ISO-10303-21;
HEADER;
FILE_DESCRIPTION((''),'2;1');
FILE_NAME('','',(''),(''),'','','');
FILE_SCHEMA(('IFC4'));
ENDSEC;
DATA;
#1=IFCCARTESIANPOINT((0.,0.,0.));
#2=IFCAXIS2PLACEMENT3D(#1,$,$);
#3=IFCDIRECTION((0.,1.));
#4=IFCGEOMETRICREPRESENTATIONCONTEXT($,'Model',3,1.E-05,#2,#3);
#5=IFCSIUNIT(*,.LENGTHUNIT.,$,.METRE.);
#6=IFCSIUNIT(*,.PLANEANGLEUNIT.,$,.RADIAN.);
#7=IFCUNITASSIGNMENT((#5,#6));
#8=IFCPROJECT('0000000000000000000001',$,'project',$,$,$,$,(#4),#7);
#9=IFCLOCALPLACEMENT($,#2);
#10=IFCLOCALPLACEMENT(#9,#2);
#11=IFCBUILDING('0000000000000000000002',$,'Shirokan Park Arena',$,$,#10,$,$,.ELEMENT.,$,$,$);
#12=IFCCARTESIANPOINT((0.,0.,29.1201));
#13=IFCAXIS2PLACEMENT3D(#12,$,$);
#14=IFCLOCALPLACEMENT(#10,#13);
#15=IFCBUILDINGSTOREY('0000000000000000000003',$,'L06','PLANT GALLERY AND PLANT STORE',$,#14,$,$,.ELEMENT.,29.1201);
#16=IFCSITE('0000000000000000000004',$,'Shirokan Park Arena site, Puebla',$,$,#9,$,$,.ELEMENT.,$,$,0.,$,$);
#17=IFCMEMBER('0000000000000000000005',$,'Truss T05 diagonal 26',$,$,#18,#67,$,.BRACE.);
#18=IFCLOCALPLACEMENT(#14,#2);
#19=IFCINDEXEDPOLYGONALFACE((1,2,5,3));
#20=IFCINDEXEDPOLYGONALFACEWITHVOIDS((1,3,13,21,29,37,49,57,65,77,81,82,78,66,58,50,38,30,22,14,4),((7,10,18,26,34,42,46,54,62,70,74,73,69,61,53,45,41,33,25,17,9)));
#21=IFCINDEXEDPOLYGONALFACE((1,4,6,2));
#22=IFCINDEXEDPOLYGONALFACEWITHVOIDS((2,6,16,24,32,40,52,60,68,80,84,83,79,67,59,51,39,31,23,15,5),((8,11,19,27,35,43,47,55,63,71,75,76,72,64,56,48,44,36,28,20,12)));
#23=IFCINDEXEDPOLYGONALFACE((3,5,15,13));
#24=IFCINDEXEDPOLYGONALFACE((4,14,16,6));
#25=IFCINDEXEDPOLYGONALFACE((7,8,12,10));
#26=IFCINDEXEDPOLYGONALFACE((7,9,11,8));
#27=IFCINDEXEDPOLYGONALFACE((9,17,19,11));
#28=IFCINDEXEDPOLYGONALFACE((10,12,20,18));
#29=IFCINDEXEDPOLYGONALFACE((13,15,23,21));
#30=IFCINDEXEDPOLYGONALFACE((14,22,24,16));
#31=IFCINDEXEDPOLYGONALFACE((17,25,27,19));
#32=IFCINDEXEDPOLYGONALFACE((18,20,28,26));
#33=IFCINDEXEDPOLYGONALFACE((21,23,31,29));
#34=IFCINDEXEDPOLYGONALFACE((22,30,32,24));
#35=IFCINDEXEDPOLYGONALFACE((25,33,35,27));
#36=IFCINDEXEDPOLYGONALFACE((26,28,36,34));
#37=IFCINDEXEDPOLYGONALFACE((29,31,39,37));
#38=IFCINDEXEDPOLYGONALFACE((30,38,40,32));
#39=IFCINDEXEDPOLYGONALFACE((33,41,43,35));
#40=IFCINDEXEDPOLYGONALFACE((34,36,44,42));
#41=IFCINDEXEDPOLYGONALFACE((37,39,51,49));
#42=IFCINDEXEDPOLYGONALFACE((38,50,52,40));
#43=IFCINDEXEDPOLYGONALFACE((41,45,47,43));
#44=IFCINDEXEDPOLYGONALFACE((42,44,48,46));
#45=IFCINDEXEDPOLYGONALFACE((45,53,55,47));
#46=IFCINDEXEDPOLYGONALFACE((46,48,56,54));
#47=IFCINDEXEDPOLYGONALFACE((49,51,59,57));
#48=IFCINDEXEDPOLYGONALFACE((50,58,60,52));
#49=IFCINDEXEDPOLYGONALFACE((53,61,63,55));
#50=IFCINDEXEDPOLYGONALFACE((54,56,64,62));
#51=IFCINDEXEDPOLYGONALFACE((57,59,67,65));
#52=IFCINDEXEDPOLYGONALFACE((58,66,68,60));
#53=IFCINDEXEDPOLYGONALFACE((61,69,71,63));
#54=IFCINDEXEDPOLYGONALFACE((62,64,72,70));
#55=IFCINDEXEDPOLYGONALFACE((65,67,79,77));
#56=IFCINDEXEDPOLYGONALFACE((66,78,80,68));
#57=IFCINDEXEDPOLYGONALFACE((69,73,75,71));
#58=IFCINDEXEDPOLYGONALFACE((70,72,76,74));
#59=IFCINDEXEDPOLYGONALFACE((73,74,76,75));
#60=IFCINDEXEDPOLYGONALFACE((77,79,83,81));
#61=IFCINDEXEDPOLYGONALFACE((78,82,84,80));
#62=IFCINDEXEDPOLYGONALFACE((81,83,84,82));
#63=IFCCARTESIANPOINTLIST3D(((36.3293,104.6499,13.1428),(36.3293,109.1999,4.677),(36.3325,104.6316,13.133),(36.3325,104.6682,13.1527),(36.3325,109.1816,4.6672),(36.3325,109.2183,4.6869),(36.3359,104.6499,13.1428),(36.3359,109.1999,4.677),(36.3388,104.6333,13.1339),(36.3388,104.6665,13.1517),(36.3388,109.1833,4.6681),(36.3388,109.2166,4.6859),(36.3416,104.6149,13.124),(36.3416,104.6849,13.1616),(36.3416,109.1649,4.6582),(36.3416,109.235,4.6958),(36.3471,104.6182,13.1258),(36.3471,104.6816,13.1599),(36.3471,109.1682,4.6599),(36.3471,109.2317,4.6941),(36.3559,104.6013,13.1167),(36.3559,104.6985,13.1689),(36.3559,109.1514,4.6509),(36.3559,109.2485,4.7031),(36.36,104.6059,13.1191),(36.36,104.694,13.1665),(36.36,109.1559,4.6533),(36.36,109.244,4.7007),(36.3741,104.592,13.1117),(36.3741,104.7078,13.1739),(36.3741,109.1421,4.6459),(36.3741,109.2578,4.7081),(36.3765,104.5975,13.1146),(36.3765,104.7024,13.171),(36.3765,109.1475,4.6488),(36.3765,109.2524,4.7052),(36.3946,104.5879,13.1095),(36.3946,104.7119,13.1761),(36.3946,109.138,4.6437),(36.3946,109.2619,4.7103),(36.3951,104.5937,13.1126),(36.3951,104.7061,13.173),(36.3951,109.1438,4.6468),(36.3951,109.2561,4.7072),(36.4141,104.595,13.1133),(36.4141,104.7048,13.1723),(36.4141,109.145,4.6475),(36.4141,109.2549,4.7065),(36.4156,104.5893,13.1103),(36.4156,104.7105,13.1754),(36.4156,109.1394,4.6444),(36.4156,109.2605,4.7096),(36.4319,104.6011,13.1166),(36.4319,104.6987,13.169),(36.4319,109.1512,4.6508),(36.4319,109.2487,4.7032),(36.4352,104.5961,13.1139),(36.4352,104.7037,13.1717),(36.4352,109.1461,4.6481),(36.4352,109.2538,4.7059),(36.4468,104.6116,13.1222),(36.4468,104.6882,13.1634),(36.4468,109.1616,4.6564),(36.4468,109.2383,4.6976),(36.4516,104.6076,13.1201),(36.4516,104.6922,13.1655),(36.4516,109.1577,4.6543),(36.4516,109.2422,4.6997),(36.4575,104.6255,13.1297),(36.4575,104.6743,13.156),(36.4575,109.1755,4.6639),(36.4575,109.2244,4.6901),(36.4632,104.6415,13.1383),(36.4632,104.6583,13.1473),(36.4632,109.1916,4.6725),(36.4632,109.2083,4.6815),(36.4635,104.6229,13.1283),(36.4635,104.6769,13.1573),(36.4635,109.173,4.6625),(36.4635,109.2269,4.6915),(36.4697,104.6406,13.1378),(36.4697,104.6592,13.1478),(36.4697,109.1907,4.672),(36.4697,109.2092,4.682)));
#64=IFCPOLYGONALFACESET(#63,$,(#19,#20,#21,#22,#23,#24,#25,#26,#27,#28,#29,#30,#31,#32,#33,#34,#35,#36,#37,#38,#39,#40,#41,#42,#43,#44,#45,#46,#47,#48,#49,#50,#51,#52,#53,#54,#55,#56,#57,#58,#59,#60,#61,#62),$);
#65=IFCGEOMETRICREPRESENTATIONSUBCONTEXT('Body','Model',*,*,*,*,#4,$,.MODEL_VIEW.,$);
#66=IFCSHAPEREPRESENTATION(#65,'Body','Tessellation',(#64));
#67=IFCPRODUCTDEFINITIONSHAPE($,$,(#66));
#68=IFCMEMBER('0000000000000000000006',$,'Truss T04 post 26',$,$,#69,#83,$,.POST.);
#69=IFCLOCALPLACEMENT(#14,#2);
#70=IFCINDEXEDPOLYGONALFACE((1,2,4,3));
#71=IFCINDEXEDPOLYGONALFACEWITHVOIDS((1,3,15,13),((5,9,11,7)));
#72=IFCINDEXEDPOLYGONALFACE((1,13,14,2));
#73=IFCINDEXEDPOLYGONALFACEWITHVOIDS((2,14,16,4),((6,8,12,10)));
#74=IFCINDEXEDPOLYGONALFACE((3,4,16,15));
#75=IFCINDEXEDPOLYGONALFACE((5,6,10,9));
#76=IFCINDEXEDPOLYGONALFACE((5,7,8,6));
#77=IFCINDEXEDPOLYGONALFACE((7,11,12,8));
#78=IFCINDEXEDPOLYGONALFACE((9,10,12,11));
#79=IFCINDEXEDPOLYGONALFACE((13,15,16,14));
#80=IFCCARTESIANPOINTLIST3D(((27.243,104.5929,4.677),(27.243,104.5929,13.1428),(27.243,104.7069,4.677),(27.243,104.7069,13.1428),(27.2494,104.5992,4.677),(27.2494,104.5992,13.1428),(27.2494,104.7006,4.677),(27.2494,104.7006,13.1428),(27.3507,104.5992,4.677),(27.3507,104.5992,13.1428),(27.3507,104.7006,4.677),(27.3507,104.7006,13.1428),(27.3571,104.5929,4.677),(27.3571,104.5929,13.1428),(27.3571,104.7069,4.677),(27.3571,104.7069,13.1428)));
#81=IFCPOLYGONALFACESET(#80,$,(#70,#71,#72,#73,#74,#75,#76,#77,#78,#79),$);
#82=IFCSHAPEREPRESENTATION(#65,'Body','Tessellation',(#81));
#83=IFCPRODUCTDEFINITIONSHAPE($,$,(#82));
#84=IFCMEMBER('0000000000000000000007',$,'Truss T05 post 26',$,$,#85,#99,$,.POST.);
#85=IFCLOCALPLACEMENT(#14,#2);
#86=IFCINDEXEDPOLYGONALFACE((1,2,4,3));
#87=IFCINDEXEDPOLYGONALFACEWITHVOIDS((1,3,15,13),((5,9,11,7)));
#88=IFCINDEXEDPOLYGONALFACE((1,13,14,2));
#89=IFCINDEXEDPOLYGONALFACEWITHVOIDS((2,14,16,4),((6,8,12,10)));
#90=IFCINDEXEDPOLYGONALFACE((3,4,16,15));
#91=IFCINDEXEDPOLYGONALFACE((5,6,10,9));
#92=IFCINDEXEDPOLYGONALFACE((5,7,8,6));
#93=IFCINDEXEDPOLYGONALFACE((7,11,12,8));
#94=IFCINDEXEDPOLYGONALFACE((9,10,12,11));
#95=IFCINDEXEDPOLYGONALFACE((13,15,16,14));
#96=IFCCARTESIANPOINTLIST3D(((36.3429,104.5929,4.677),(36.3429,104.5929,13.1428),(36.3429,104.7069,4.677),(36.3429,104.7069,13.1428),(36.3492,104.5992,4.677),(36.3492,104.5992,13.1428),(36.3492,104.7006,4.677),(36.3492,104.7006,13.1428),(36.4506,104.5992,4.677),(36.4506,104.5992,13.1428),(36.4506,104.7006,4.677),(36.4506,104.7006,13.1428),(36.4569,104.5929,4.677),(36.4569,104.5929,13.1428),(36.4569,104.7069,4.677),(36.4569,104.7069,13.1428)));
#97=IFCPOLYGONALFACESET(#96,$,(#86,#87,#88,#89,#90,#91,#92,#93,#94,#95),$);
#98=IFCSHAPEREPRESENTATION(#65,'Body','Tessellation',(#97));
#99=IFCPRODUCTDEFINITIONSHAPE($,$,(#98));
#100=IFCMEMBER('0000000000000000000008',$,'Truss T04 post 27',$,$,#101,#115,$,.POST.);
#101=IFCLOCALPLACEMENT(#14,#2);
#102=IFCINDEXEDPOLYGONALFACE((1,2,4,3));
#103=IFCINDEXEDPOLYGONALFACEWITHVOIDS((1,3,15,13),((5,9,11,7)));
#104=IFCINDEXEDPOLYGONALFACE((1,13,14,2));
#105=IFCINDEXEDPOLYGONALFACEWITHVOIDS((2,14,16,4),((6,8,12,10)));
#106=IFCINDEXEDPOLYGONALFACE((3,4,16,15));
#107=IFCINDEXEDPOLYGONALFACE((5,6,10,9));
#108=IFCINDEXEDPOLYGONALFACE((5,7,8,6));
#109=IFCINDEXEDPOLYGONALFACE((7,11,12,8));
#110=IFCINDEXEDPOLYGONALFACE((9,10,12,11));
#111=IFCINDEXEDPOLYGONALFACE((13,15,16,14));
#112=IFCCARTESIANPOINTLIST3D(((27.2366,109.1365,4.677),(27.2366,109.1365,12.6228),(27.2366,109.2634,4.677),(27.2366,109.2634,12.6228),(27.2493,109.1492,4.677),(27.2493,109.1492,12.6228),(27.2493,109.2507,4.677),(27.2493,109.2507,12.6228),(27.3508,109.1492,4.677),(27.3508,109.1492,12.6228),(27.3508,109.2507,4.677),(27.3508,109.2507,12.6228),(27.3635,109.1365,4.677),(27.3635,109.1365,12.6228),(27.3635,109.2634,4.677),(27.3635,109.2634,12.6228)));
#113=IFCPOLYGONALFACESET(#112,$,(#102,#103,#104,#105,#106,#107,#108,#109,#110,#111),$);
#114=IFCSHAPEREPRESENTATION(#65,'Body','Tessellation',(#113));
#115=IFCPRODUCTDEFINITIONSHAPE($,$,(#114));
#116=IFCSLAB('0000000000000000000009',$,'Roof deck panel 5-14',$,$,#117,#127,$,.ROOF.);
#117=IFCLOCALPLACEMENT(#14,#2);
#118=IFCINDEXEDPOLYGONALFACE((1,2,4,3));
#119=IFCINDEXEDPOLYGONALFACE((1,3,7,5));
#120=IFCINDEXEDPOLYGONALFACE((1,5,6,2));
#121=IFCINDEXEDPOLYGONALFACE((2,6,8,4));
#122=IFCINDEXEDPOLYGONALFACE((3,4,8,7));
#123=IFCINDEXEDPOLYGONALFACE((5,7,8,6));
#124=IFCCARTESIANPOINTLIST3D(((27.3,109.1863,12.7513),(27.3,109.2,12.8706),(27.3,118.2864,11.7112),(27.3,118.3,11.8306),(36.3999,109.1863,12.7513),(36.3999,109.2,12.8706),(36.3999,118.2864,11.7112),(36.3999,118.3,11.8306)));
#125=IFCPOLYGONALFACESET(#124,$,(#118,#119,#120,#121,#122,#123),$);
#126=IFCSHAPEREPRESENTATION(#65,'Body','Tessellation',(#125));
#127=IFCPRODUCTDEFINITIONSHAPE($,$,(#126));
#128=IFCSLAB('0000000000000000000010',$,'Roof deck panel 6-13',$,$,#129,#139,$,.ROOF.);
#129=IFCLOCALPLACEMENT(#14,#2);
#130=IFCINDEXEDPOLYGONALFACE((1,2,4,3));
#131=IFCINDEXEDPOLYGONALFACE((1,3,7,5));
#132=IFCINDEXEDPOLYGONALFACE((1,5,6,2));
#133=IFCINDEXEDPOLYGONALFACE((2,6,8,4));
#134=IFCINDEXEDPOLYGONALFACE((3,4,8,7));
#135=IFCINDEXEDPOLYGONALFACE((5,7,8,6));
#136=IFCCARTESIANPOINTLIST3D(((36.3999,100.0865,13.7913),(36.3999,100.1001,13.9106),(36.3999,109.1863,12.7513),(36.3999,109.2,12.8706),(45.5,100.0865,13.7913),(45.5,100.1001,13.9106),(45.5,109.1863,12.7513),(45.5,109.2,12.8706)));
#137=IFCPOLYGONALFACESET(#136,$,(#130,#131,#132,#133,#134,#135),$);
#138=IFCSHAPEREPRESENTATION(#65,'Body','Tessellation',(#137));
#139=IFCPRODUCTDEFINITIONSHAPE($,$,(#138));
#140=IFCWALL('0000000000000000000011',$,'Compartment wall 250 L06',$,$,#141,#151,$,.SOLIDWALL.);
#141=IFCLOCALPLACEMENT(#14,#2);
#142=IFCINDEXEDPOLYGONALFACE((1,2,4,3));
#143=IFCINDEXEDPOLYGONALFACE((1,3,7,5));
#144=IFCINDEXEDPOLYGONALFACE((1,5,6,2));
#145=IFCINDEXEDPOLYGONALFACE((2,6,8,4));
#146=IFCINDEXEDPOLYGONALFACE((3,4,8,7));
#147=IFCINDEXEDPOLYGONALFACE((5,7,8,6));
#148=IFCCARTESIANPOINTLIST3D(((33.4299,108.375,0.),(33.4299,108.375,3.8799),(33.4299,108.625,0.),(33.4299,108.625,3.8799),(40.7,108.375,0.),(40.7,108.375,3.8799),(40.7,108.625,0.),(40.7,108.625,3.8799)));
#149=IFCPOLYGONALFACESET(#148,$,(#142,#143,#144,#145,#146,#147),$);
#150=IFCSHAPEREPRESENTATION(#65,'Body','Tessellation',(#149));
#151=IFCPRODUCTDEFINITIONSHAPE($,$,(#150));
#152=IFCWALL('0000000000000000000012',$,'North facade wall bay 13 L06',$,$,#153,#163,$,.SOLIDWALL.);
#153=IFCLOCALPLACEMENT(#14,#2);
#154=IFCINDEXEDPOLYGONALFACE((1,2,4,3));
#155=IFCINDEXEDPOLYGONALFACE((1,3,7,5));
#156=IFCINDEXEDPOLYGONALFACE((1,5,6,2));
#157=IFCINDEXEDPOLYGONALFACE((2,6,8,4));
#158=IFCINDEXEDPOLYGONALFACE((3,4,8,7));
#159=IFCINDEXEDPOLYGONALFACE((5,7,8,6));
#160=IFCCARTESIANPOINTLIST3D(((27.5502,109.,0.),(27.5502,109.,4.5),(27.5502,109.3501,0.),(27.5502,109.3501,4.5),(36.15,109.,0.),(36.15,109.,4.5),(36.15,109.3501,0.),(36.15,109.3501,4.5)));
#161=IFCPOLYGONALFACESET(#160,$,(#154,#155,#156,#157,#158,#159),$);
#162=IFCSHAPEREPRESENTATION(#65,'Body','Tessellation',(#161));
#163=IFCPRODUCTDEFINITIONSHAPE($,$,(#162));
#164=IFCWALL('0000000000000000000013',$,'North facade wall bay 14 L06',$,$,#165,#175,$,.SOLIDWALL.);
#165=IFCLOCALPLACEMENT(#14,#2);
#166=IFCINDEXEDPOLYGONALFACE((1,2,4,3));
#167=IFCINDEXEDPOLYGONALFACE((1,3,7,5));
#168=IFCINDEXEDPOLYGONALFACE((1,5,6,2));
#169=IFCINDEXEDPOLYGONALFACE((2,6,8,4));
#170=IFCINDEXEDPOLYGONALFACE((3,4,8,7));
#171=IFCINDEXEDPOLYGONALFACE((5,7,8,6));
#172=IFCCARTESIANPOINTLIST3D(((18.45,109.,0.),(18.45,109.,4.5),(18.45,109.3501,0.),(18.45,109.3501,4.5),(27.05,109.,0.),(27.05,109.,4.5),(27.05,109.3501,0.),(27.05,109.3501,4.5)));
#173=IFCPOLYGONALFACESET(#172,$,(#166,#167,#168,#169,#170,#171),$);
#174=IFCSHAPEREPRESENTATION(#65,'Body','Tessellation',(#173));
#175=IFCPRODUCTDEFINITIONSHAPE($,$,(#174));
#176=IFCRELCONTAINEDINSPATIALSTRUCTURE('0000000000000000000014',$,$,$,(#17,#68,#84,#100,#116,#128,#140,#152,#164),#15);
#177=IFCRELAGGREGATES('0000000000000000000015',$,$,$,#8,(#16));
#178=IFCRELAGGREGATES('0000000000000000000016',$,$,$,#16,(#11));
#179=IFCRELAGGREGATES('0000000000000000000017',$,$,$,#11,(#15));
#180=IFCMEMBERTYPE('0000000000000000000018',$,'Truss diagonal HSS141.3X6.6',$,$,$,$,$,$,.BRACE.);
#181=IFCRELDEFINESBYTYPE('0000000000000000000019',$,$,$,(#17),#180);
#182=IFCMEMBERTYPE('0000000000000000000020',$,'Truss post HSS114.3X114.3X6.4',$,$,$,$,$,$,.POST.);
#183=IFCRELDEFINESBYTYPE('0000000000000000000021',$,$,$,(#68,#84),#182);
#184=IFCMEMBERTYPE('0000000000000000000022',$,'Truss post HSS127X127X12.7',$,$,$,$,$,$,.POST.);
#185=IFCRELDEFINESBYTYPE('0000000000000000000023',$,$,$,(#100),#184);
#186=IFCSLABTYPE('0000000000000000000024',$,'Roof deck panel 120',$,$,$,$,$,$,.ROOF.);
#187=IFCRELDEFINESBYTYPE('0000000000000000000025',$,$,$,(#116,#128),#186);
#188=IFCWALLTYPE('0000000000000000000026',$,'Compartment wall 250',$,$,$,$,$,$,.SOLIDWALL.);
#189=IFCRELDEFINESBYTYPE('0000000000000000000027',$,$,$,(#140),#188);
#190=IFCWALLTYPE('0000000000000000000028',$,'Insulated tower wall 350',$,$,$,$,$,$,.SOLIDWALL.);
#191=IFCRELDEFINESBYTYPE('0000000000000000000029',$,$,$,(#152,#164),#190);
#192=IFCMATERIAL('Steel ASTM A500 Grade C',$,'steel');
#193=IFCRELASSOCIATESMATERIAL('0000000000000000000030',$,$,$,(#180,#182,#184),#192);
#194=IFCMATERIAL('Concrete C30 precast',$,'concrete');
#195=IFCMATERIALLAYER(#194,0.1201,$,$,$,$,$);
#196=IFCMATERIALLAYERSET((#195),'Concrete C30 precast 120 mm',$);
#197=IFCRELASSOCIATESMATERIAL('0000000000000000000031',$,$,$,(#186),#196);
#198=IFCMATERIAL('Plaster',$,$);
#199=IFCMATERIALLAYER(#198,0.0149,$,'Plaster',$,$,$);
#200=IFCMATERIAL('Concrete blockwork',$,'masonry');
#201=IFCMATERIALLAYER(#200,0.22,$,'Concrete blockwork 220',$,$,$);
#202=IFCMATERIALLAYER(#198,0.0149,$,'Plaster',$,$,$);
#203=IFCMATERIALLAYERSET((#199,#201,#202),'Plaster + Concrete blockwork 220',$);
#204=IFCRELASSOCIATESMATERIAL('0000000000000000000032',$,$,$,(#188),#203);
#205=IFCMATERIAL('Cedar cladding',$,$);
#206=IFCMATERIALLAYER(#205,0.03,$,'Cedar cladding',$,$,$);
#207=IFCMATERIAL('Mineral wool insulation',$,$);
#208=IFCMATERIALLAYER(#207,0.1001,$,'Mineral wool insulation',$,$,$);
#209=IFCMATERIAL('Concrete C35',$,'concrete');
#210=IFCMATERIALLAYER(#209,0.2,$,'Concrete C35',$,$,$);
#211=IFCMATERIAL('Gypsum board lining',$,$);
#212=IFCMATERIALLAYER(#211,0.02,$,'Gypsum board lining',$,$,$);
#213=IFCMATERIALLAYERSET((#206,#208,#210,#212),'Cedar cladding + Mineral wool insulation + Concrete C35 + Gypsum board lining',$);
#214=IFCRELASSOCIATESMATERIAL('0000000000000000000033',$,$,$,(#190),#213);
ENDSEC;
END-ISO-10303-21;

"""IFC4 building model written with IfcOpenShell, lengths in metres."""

from ifc_helpers import new_model, si_unit, direction, frame, frame_2d, origin, origin_2d, place, context, subcontext, project, spatial, polyline, rectangle, hollow_rectangle, hollow_circle, outline, extrude, material, layer, layer_set, material_profile, profile_set, type_object, element, save


model = new_model("IFC4")

# Units and contexts
model_context = context("Model", 3, precision=1e-05, world=origin(), true_north=direction((0.0, 1.0)))
body_context = subcontext(model_context, "Body", "Model", "MODEL_VIEW")
ifc_project = project(units=[si_unit("LENGTHUNIT", "METRE"), si_unit("PLANEANGLEUNIT", "RADIAN")], contexts=[model_context])

# Site, building, storey
site_placement = place(None, origin())
site = spatial("IfcSite", under=ifc_project, at=site_placement, Name="Shirokan Park Arena site, Puebla", CompositionType="ELEMENT", RefElevation=0.0)
building_placement = place(site_placement, origin())
building = spatial("IfcBuilding", under=site, at=building_placement, Name="Shirokan Park Arena", CompositionType="ELEMENT")
storey_placement = place(building_placement, frame((0.0, 0.0, 29.1201)))
storey = spatial("IfcBuildingStorey", under=building, at=storey_placement, Name="L06", Description="PLANT GALLERY AND PLANT STORE", CompositionType="ELEMENT", Elevation=29.1201)

# Shared definitions
ifc_material_1 = material(Name="Steel ASTM A500 Grade C", Category="steel")

# Shared definitions
ifc_material_2 = material(Name="Concrete C35", Category="concrete")

# Members
ifc_material_profile_1 = material_profile(ifc_material_1, hollow_circle(Radius=0.0706, WallThickness=0.0066, at=origin_2d()), Name="HSS141.3X6.6")
ifc_profile_set_1 = profile_set([ifc_material_profile_1], Name="Steel ASTM A500 Grade C")
member_type_1 = type_object("IfcMemberType", Name="Truss diagonal HSS141.3X6.6", PredefinedType="BRACE", material=ifc_profile_set_1)
member_1_placement = place(storey_placement, frame((36.3999, 104.6499, 13.1428), z_axis=(0.0, 0.473417, -0.880839), x_axis=(-1.0, 0.0, 0.0)))
element("IfcMember", 1, at=member_1_placement, inside=storey, type_object=member_type_1, Name="Truss T05 diagonal 26", PredefinedType="BRACE", context=body_context, shape_type="SweptSolid", body=[
    extrude(hollow_circle(Radius=0.0706, WallThickness=0.0066, at=origin_2d()), origin(), (0.0, 0.0, 1.0), 9.6111),
])
ifc_material_profile_2 = material_profile(ifc_material_1, hollow_rectangle(XDim=0.114, YDim=0.114, WallThickness=0.0063, at=origin_2d()), Name="HSS114.3X114.3X6.4")
ifc_profile_set_2 = profile_set([ifc_material_profile_2], Name="Steel ASTM A500 Grade C")
member_type_2 = type_object("IfcMemberType", Name="Truss post HSS114.3X114.3X6.4", PredefinedType="POST", material=ifc_profile_set_2)
for number, where, z_axis, x_axis, name in (
    (2, (27.3, 104.6499, 4.677), (0.0, 0.0, 1.0), (1.0, 0.0, 0.0), "Truss T04 post 26"),
    (3, (36.3999, 104.6499, 4.677), (0.0, 0.0, 1.0), (1.0, 0.0, 0.0), "Truss T05 post 26"),
):
    element("IfcMember", number, at=place(storey_placement, frame(where, z_axis=z_axis, x_axis=x_axis)), inside=storey, type_object=member_type_2, Name=name, PredefinedType="POST", context=body_context, shape_type="SweptSolid", body=[
        extrude(hollow_rectangle(XDim=0.114, YDim=0.114, WallThickness=0.0063, at=origin_2d()), origin(), (0.0, 0.0, 1.0), 8.4658),
    ])
ifc_material_profile_3 = material_profile(ifc_material_1, hollow_rectangle(XDim=0.127, YDim=0.127, WallThickness=0.0127, at=origin_2d()), Name="HSS127X127X12.7")
ifc_profile_set_3 = profile_set([ifc_material_profile_3], Name="Steel ASTM A500 Grade C")
member_type_3 = type_object("IfcMemberType", Name="Truss post HSS127X127X12.7", PredefinedType="POST", material=ifc_profile_set_3)
member_2_placement = place(storey_placement, frame((27.3, 109.2, 4.677), z_axis=(0.0, 0.0, 1.0), x_axis=(1.0, 0.0, 0.0)))
element("IfcMember", 4, at=member_2_placement, inside=storey, type_object=member_type_3, Name="Truss T04 post 27", PredefinedType="POST", context=body_context, shape_type="SweptSolid", body=[
    extrude(hollow_rectangle(XDim=0.127, YDim=0.127, WallThickness=0.0127, at=origin_2d()), origin(), (0.0, 0.0, 1.0), 7.9458),
])

# Slabs
ifc_material_3 = material(Name="Concrete C30 precast", Category="concrete")
ifc_layer_1 = layer(ifc_material_3, 0.1201)
ifc_layer_set_1 = layer_set([ifc_layer_1], Name="Concrete C30 precast 120 mm")
slab_type = type_object("IfcSlabType", Name="Roof deck panel 120", PredefinedType="ROOF", material=ifc_layer_set_1)
slab_1_placement = place(storey_placement, frame((27.3, 109.2, 12.8706), z_axis=(0.0, 0.11355, 0.993532), x_axis=(1.0, 0.0, 0.0)))
element("IfcSlab", 5, at=slab_1_placement, inside=storey, type_object=slab_type, Name="Roof deck panel 5-14", PredefinedType="ROOF", context=body_context, shape_type="SweptSolid", body=[
    extrude(outline(polyline([(0.0, 0.0), (9.0999, 0.0), (9.0999, 9.1593), (0.0, 9.1593), (0.0, 0.0)])), origin(), (0.0, 0.0, -1.0), 0.1201),
])
slab_2_placement = place(storey_placement, frame((36.3999, 100.1001, 13.9106), z_axis=(0.0, 0.113553, 0.993532), x_axis=(1.0, 0.0, 0.0)))
element("IfcSlab", 6, at=slab_2_placement, inside=storey, type_object=slab_type, Name="Roof deck panel 6-13", PredefinedType="ROOF", context=body_context, shape_type="SweptSolid", body=[
    extrude(outline(polyline([(0.0, 0.0), (9.1001, 0.0), (9.1001, 9.1591), (0.0, 9.1591), (0.0, 0.0)])), origin(), (0.0, 0.0, -1.0), 0.1201),
])

# Walls
ifc_material_4 = material(Name="Plaster")
ifc_layer_2 = layer(ifc_material_4, 0.0149, Name="Plaster")
ifc_material_5 = material(Name="Concrete blockwork", Category="masonry")
ifc_layer_3 = layer(ifc_material_5, 0.22, Name="Concrete blockwork 220")
ifc_layer_4 = layer(ifc_material_4, 0.0149, Name="Plaster")
ifc_layer_set_2 = layer_set([ifc_layer_2, ifc_layer_3, ifc_layer_4], Name="Plaster + Concrete blockwork 220")
wall_type_1 = type_object("IfcWallType", Name="Compartment wall 250", PredefinedType="SOLIDWALL", material=ifc_layer_set_2)
wall_1_placement = place(storey_placement, frame((33.4299, 108.5, 0.0), z_axis=(0.0, 0.0, 1.0), x_axis=(1.0, 0.0, 0.0)))
element("IfcWall", 7, at=wall_1_placement, inside=storey, type_object=wall_type_1, Name="Compartment wall 250 L06", PredefinedType="SOLIDWALL", context=body_context, shape_type="SweptSolid", body=[
    extrude(rectangle(XDim=7.27, YDim=0.25, at=frame_2d((3.635, 0.0))), origin(), (0.0, 0.0, 1.0), 3.8799),
])
ifc_material_6 = material(Name="Cedar cladding")
ifc_layer_5 = layer(ifc_material_6, 0.03, Name="Cedar cladding")
ifc_material_7 = material(Name="Mineral wool insulation")
ifc_layer_6 = layer(ifc_material_7, 0.1001, Name="Mineral wool insulation")
ifc_layer_7 = layer(ifc_material_2, 0.2, Name="Concrete C35")
ifc_material_8 = material(Name="Gypsum board lining")
ifc_layer_8 = layer(ifc_material_8, 0.02, Name="Gypsum board lining")
ifc_layer_set_3 = layer_set([ifc_layer_5, ifc_layer_6, ifc_layer_7, ifc_layer_8], Name="Cedar cladding + Mineral wool insulation + Concrete C35 + Gypsum board lining")
wall_type_2 = type_object("IfcWallType", Name="Insulated tower wall 350", PredefinedType="SOLIDWALL", material=ifc_layer_set_3)
wall_2_placement = place(storey_placement, frame((36.1499, 109.175, 0.0), z_axis=(0.0, 0.0, 1.0), x_axis=(-1.0, 0.0, 0.0)))
element("IfcWall", 8, at=wall_2_placement, inside=storey, type_object=wall_type_2, Name="North facade wall bay 13 L06", PredefinedType="SOLIDWALL", context=body_context, shape_type="SweptSolid", body=[
    extrude(rectangle(XDim=8.5999, YDim=0.3501, at=frame_2d((4.2998, 0.0))), origin(), (0.0, 0.0, 1.0), 4.5),
])
wall_3_placement = place(storey_placement, frame((27.05, 109.175, 0.0), z_axis=(0.0, 0.0, 1.0), x_axis=(-1.0, 0.0, 0.0)))
element("IfcWall", 9, at=wall_3_placement, inside=storey, type_object=wall_type_2, Name="North facade wall bay 14 L06", PredefinedType="SOLIDWALL", context=body_context, shape_type="SweptSolid", body=[
    extrude(rectangle(XDim=8.6001, YDim=0.3501, at=frame_2d((4.3, 0.0))), origin(), (0.0, 0.0, 1.0), 4.5),
])

save(model, "model.ifc")
